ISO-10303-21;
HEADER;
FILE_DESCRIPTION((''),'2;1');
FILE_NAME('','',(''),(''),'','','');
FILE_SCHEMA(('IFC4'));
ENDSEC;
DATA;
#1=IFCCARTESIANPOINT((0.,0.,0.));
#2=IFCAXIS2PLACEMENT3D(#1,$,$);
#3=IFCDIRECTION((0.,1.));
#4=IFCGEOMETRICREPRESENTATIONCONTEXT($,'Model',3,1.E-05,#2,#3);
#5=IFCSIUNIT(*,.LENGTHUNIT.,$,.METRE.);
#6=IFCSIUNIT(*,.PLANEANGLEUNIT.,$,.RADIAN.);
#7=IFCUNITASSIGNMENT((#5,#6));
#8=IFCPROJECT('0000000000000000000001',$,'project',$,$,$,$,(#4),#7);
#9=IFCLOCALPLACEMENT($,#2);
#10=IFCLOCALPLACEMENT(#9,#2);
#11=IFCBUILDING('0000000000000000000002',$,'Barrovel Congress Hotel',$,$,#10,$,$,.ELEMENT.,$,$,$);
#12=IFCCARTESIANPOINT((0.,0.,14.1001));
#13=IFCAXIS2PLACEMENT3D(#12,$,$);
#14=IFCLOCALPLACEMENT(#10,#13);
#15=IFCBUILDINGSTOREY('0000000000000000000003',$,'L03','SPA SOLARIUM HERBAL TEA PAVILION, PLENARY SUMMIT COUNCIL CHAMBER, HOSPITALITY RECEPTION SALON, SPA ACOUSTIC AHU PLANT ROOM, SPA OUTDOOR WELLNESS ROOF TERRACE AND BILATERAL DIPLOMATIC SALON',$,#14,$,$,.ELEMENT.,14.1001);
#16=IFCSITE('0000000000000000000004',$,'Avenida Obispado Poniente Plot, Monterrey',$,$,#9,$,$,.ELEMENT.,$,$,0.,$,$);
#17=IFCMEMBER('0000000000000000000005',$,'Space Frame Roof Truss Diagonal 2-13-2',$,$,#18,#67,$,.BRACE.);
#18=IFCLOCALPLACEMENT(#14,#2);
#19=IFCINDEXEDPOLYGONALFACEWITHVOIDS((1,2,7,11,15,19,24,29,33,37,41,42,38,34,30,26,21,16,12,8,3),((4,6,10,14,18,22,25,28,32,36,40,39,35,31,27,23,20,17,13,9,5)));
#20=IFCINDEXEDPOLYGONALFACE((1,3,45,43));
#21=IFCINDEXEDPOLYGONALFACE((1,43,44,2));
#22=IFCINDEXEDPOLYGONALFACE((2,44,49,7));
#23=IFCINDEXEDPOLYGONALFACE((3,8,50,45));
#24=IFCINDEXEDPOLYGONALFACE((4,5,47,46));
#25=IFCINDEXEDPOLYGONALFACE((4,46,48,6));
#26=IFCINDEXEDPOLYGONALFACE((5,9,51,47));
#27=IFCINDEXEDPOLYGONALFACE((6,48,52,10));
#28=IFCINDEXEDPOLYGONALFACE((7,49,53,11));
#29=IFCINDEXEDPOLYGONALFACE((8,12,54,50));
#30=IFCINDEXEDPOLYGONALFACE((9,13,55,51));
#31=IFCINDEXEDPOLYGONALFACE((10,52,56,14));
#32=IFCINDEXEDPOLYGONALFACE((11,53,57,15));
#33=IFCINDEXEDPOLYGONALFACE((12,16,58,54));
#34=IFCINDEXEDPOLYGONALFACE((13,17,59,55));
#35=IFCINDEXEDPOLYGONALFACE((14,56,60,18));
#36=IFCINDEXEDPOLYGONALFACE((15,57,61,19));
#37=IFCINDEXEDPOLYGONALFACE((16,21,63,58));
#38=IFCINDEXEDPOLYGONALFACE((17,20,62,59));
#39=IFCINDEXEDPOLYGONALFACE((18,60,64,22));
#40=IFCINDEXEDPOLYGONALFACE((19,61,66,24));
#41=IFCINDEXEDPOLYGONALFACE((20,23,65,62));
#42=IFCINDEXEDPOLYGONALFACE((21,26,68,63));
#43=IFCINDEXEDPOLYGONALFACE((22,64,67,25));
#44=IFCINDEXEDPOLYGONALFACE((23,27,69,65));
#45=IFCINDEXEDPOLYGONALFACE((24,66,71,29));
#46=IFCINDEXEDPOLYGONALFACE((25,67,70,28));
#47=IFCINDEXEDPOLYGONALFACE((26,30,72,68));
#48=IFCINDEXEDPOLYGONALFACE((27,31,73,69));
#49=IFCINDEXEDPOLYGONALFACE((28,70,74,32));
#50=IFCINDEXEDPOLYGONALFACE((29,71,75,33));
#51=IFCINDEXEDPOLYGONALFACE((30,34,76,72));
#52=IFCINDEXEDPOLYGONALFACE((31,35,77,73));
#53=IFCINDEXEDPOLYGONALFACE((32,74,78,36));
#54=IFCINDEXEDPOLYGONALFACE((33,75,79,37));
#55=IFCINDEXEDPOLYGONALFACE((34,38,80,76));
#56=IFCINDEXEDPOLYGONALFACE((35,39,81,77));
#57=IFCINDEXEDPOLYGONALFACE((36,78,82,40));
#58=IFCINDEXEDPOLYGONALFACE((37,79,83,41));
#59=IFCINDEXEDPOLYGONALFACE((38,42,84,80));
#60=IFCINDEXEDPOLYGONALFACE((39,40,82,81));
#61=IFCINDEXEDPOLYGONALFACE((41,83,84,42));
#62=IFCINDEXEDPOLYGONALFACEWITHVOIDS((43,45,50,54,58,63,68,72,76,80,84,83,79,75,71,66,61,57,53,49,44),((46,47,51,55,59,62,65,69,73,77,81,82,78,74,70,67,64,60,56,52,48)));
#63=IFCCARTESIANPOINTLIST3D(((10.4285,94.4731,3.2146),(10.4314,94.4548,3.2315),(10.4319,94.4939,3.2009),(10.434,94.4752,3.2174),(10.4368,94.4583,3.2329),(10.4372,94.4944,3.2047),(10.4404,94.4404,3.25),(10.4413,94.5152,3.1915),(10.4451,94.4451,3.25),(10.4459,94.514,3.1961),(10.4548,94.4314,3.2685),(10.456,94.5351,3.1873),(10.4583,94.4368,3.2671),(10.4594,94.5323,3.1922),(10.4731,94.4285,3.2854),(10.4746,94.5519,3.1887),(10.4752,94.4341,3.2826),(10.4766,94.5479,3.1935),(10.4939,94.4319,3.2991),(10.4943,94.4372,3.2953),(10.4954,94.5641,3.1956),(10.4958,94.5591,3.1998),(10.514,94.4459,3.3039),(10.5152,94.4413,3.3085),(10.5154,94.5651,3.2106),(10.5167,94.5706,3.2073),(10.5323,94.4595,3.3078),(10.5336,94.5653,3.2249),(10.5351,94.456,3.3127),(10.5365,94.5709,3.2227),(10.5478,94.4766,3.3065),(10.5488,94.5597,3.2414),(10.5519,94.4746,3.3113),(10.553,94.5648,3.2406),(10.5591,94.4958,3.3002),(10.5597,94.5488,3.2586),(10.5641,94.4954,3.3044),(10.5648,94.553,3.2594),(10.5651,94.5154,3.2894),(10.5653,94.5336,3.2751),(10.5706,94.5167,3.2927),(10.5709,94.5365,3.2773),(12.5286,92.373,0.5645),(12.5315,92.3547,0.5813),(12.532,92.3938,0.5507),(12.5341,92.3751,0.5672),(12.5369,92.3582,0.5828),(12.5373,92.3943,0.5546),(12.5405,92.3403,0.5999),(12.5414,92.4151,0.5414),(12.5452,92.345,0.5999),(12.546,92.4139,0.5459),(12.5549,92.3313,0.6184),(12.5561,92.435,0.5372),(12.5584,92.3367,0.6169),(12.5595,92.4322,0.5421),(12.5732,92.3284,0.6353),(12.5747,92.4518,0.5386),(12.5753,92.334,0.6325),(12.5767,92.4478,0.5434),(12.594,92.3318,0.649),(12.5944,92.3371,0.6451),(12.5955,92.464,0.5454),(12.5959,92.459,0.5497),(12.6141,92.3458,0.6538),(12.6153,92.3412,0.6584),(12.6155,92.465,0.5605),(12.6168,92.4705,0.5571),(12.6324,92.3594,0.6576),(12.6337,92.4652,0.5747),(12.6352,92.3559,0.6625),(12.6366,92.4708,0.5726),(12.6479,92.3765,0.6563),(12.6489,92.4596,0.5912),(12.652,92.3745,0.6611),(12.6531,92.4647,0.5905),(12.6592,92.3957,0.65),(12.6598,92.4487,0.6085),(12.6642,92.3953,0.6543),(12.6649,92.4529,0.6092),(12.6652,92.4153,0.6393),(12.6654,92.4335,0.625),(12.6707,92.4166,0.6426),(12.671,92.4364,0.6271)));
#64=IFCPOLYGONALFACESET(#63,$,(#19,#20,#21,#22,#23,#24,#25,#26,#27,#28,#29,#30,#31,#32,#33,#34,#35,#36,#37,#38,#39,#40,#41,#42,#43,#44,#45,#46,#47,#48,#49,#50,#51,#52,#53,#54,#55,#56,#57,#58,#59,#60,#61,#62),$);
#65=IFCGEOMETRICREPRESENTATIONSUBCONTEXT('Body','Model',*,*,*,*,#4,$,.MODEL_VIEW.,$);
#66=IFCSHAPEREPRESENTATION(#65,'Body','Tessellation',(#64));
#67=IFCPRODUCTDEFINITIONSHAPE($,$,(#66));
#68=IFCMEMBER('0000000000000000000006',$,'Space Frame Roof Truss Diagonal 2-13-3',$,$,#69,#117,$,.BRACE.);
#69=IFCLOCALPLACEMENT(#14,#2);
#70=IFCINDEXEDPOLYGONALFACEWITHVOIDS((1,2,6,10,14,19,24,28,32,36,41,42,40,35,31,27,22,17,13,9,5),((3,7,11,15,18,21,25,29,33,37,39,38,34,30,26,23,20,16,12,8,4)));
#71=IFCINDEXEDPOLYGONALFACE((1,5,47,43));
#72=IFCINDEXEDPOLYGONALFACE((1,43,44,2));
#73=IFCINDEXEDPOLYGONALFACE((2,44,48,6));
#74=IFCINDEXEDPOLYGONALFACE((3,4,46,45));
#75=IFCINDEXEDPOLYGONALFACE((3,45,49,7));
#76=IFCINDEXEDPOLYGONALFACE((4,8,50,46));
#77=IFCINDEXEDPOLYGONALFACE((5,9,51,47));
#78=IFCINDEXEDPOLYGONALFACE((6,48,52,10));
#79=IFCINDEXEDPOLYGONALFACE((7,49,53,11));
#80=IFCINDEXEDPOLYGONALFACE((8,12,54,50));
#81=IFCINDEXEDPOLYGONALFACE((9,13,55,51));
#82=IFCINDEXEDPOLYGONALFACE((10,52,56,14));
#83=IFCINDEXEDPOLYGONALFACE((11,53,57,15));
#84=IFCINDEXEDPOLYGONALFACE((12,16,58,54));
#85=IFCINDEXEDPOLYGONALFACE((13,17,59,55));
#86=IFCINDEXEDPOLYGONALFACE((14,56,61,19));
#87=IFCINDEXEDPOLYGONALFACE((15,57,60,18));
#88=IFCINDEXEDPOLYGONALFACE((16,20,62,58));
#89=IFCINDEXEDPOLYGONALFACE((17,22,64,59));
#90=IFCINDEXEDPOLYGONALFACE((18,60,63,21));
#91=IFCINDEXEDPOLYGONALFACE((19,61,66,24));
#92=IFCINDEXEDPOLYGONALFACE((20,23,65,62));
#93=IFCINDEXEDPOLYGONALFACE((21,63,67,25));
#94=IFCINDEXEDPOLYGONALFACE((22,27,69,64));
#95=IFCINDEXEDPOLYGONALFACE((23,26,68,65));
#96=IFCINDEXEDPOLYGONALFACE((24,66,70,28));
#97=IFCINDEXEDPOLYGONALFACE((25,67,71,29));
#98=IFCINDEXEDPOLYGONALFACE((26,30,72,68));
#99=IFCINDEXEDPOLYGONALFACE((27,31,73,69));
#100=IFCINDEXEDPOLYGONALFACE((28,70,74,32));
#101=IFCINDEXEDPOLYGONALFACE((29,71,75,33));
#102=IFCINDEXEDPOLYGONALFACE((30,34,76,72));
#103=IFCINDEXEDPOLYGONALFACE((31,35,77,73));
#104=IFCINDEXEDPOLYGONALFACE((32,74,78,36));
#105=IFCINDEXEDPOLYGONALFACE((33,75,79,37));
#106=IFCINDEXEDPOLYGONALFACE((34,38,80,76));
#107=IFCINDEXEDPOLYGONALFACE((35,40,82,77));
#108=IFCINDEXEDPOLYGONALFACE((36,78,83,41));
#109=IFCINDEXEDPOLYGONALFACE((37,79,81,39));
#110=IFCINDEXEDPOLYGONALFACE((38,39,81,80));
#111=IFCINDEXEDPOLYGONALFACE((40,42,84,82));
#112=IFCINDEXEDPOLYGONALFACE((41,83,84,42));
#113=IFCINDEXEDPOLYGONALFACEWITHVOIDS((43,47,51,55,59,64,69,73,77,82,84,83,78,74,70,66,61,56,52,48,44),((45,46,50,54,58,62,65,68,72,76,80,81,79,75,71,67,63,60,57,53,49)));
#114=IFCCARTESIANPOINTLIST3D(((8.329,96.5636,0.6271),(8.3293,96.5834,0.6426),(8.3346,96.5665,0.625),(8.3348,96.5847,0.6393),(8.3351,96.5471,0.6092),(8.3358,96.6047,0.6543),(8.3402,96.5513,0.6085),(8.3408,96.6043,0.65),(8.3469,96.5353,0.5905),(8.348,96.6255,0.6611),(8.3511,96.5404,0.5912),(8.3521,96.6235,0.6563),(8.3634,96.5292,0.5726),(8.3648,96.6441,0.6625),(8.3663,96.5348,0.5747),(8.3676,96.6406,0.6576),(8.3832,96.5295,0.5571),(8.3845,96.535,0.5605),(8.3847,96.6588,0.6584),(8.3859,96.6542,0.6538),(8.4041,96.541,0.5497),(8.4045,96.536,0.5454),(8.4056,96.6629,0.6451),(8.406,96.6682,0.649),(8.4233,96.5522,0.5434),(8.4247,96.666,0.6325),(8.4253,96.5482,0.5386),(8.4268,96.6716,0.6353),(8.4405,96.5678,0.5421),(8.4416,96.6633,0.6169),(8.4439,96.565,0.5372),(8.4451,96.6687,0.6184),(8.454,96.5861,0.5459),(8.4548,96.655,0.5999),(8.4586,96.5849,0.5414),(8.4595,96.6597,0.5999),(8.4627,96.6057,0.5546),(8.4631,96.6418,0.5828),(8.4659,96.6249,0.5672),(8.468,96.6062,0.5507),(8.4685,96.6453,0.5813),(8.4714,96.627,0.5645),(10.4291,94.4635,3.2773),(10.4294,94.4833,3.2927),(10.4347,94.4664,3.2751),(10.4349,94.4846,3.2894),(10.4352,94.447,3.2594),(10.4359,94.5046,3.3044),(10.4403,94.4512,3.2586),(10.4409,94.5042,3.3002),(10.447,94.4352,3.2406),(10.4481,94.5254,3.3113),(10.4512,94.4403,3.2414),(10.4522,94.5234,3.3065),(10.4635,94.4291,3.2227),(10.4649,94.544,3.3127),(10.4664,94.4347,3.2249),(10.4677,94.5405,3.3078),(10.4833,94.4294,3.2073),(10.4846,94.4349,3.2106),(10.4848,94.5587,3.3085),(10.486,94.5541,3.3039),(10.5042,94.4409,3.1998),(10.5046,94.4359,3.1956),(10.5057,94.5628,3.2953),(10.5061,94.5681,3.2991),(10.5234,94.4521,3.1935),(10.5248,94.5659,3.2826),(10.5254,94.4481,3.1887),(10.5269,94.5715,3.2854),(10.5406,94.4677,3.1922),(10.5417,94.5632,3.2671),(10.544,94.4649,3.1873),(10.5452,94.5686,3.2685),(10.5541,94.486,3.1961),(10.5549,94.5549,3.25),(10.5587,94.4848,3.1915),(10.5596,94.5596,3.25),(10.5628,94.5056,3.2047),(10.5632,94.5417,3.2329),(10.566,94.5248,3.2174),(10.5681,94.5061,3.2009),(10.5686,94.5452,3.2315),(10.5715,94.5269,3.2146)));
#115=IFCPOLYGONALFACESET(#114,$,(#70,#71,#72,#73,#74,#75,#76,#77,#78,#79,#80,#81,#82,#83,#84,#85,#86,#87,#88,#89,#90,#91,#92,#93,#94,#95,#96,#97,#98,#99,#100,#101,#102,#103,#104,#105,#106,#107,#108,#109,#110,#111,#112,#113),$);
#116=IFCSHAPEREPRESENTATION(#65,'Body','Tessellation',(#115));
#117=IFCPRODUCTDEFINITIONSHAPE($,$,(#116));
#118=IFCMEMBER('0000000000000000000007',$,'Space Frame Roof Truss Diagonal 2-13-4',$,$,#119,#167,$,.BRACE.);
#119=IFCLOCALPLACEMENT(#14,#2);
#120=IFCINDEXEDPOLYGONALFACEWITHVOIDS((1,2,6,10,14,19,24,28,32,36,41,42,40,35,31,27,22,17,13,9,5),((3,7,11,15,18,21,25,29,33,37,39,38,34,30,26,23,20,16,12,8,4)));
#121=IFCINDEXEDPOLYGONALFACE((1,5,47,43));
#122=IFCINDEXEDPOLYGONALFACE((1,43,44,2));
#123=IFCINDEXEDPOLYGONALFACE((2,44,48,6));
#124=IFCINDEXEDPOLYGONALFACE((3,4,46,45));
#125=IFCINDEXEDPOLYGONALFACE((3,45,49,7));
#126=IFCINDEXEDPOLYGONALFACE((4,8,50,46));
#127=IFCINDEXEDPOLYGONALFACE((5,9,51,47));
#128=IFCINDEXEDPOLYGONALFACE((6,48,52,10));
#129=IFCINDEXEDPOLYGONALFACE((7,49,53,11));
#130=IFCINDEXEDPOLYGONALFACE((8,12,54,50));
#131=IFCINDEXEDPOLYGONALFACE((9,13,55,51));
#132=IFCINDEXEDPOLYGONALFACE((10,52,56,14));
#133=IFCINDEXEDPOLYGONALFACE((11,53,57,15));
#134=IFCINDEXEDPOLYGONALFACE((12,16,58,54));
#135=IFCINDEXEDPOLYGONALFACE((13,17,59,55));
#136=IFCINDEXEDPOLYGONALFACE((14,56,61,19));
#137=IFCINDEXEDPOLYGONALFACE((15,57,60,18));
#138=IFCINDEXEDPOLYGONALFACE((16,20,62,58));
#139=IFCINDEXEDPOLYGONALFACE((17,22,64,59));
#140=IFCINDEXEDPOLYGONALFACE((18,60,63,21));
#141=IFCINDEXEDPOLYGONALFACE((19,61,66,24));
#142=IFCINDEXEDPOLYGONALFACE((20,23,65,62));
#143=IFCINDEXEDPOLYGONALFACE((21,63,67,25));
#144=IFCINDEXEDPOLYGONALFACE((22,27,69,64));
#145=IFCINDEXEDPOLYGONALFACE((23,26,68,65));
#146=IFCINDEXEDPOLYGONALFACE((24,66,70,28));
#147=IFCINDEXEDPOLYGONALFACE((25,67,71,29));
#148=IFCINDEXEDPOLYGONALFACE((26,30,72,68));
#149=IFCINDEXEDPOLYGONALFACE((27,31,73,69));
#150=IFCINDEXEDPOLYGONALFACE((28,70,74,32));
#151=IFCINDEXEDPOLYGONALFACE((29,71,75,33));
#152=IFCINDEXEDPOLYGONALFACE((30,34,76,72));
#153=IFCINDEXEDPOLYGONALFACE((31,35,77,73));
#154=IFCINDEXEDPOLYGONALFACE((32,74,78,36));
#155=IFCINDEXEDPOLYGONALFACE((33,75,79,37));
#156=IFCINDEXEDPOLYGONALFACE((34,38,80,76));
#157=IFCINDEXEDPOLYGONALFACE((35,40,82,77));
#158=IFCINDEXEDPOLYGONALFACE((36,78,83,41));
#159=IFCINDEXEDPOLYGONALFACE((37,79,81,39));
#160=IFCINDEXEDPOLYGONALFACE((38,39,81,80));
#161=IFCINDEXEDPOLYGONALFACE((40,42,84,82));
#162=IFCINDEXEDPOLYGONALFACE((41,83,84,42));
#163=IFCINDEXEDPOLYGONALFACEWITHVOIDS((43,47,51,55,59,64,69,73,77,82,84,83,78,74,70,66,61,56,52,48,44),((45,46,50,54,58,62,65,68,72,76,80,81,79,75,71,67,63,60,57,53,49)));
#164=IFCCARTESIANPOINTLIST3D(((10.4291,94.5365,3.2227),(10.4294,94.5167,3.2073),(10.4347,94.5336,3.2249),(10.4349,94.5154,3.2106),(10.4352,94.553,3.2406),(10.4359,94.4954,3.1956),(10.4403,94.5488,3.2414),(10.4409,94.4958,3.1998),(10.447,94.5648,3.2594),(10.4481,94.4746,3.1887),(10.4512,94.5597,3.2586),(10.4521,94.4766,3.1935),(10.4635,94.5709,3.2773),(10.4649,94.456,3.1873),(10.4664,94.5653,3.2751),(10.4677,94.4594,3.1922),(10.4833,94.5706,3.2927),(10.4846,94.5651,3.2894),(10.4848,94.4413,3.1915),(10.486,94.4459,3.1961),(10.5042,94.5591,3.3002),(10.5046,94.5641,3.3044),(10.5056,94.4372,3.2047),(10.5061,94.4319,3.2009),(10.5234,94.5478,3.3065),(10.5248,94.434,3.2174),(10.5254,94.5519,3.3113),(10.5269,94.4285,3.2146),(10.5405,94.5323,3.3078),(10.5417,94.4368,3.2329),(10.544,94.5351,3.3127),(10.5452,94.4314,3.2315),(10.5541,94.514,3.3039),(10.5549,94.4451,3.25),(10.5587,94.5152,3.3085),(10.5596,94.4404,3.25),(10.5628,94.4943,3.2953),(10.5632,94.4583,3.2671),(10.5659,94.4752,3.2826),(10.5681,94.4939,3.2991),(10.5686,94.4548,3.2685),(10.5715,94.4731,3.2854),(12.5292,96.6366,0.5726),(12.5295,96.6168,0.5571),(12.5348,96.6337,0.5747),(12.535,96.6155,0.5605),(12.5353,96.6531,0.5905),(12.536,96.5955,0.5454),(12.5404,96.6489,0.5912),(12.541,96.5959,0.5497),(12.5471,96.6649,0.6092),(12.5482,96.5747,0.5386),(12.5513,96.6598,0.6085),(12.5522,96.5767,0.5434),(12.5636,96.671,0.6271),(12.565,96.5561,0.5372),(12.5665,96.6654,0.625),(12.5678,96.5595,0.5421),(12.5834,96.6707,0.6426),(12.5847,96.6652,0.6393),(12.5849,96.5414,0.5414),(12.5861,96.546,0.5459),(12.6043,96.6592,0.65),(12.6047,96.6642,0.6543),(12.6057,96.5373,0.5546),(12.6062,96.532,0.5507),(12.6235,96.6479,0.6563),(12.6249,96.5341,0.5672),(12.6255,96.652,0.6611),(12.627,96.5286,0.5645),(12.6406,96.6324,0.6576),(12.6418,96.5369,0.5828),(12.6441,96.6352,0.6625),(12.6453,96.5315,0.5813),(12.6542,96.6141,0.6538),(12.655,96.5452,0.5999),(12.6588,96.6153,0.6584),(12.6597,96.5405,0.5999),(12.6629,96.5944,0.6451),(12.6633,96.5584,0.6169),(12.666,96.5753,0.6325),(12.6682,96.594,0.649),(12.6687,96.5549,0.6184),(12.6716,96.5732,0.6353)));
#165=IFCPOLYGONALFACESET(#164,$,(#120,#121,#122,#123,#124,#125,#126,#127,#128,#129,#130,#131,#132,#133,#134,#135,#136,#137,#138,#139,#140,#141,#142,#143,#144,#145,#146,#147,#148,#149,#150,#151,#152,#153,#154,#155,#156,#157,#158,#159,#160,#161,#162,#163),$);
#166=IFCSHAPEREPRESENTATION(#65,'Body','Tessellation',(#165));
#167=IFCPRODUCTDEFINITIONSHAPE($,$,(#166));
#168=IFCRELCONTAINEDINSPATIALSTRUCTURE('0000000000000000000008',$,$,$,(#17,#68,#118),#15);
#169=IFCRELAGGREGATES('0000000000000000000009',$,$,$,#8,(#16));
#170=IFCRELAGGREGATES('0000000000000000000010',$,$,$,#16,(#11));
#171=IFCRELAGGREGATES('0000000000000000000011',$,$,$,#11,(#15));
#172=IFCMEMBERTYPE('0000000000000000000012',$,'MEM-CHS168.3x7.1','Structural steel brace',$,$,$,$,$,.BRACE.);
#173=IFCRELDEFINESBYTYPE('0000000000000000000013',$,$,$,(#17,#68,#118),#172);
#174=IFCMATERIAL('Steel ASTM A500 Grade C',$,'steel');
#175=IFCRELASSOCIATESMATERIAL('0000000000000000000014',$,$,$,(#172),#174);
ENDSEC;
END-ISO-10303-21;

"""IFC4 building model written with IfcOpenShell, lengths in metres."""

from ifc_helpers import new_model, si_unit, direction, frame, origin, origin_2d, place, context, subcontext, project, spatial, hollow_circle, extrude, material, material_profile, profile_set, type_object, element, save


model = new_model("IFC4")

# Units and contexts
model_context = context("Model", 3, precision=1e-05, world=origin(), true_north=direction((0.0, 1.0)))
body_context = subcontext(model_context, "Body", "Model", "MODEL_VIEW")
ifc_project = project(units=[si_unit("LENGTHUNIT", "METRE"), si_unit("PLANEANGLEUNIT", "RADIAN")], contexts=[model_context])

# Site, building, storey
site_placement = place(None, origin())
site = spatial("IfcSite", under=ifc_project, at=site_placement, Name="Avenida Obispado Poniente Plot, Monterrey", CompositionType="ELEMENT", RefElevation=0.0)
building_placement = place(site_placement, origin())
building = spatial("IfcBuilding", under=site, at=building_placement, Name="Barrovel Congress Hotel", CompositionType="ELEMENT")
storey_placement = place(building_placement, frame((0.0, 0.0, 14.1001)))
storey = spatial("IfcBuildingStorey", under=building, at=storey_placement, Name="L03", Description="SPA SOLARIUM HERBAL TEA PAVILION, PLENARY SUMMIT COUNCIL CHAMBER, HOSPITALITY RECEPTION SALON, SPA ACOUSTIC AHU PLANT ROOM, SPA OUTDOOR WELLNESS ROOF TERRACE AND BILATERAL DIPLOMATIC SALON", CompositionType="ELEMENT", Elevation=14.1001)

# Members
ifc_material_1 = material(Name="Steel ASTM A500 Grade C", Category="steel")
ifc_material_profile_1 = material_profile(ifc_material_1, hollow_circle(Radius=0.0842, WallThickness=0.0066, at=origin_2d()), Name="CHS168.3x7.1")
ifc_profile_set_1 = profile_set([ifc_material_profile_1], Name="Steel ASTM A500 Grade C")
member_type_1 = type_object("IfcMemberType", Name="MEM-CHS168.3x7.1", Description="Structural steel brace", PredefinedType="BRACE", material=ifc_profile_set_1)
for number, where, z_axis, x_axis, name in (
    (1, (12.6001, 92.3999, 0.5999), (-0.527601, 0.527601, 0.665788), (-0.707107, -0.707107, 0.0), "Space Frame Roof Truss Diagonal 2-13-2"),
    (2, (8.3999, 96.6001, 0.5999), (0.527601, -0.527601, 0.665788), (0.707107, 0.707107, 0.0), "Space Frame Roof Truss Diagonal 2-13-3"),
    (3, (12.6001, 96.6001, 0.5999), (-0.527601, -0.527601, 0.665788), (0.707107, -0.707107, 0.0), "Space Frame Roof Truss Diagonal 2-13-4"),
):
    element("IfcMember", number, at=place(storey_placement, frame(where, z_axis=z_axis, x_axis=x_axis)), inside=storey, type_object=member_type_1, Name=name, PredefinedType="BRACE", context=body_context, shape_type="SweptSolid", body=[
        extrude(hollow_circle(Radius=0.0842, WallThickness=0.0066, at=origin_2d()), origin(), (0.0, 0.0, 1.0), 3.9805),
    ])

save(model, "model.ifc")
